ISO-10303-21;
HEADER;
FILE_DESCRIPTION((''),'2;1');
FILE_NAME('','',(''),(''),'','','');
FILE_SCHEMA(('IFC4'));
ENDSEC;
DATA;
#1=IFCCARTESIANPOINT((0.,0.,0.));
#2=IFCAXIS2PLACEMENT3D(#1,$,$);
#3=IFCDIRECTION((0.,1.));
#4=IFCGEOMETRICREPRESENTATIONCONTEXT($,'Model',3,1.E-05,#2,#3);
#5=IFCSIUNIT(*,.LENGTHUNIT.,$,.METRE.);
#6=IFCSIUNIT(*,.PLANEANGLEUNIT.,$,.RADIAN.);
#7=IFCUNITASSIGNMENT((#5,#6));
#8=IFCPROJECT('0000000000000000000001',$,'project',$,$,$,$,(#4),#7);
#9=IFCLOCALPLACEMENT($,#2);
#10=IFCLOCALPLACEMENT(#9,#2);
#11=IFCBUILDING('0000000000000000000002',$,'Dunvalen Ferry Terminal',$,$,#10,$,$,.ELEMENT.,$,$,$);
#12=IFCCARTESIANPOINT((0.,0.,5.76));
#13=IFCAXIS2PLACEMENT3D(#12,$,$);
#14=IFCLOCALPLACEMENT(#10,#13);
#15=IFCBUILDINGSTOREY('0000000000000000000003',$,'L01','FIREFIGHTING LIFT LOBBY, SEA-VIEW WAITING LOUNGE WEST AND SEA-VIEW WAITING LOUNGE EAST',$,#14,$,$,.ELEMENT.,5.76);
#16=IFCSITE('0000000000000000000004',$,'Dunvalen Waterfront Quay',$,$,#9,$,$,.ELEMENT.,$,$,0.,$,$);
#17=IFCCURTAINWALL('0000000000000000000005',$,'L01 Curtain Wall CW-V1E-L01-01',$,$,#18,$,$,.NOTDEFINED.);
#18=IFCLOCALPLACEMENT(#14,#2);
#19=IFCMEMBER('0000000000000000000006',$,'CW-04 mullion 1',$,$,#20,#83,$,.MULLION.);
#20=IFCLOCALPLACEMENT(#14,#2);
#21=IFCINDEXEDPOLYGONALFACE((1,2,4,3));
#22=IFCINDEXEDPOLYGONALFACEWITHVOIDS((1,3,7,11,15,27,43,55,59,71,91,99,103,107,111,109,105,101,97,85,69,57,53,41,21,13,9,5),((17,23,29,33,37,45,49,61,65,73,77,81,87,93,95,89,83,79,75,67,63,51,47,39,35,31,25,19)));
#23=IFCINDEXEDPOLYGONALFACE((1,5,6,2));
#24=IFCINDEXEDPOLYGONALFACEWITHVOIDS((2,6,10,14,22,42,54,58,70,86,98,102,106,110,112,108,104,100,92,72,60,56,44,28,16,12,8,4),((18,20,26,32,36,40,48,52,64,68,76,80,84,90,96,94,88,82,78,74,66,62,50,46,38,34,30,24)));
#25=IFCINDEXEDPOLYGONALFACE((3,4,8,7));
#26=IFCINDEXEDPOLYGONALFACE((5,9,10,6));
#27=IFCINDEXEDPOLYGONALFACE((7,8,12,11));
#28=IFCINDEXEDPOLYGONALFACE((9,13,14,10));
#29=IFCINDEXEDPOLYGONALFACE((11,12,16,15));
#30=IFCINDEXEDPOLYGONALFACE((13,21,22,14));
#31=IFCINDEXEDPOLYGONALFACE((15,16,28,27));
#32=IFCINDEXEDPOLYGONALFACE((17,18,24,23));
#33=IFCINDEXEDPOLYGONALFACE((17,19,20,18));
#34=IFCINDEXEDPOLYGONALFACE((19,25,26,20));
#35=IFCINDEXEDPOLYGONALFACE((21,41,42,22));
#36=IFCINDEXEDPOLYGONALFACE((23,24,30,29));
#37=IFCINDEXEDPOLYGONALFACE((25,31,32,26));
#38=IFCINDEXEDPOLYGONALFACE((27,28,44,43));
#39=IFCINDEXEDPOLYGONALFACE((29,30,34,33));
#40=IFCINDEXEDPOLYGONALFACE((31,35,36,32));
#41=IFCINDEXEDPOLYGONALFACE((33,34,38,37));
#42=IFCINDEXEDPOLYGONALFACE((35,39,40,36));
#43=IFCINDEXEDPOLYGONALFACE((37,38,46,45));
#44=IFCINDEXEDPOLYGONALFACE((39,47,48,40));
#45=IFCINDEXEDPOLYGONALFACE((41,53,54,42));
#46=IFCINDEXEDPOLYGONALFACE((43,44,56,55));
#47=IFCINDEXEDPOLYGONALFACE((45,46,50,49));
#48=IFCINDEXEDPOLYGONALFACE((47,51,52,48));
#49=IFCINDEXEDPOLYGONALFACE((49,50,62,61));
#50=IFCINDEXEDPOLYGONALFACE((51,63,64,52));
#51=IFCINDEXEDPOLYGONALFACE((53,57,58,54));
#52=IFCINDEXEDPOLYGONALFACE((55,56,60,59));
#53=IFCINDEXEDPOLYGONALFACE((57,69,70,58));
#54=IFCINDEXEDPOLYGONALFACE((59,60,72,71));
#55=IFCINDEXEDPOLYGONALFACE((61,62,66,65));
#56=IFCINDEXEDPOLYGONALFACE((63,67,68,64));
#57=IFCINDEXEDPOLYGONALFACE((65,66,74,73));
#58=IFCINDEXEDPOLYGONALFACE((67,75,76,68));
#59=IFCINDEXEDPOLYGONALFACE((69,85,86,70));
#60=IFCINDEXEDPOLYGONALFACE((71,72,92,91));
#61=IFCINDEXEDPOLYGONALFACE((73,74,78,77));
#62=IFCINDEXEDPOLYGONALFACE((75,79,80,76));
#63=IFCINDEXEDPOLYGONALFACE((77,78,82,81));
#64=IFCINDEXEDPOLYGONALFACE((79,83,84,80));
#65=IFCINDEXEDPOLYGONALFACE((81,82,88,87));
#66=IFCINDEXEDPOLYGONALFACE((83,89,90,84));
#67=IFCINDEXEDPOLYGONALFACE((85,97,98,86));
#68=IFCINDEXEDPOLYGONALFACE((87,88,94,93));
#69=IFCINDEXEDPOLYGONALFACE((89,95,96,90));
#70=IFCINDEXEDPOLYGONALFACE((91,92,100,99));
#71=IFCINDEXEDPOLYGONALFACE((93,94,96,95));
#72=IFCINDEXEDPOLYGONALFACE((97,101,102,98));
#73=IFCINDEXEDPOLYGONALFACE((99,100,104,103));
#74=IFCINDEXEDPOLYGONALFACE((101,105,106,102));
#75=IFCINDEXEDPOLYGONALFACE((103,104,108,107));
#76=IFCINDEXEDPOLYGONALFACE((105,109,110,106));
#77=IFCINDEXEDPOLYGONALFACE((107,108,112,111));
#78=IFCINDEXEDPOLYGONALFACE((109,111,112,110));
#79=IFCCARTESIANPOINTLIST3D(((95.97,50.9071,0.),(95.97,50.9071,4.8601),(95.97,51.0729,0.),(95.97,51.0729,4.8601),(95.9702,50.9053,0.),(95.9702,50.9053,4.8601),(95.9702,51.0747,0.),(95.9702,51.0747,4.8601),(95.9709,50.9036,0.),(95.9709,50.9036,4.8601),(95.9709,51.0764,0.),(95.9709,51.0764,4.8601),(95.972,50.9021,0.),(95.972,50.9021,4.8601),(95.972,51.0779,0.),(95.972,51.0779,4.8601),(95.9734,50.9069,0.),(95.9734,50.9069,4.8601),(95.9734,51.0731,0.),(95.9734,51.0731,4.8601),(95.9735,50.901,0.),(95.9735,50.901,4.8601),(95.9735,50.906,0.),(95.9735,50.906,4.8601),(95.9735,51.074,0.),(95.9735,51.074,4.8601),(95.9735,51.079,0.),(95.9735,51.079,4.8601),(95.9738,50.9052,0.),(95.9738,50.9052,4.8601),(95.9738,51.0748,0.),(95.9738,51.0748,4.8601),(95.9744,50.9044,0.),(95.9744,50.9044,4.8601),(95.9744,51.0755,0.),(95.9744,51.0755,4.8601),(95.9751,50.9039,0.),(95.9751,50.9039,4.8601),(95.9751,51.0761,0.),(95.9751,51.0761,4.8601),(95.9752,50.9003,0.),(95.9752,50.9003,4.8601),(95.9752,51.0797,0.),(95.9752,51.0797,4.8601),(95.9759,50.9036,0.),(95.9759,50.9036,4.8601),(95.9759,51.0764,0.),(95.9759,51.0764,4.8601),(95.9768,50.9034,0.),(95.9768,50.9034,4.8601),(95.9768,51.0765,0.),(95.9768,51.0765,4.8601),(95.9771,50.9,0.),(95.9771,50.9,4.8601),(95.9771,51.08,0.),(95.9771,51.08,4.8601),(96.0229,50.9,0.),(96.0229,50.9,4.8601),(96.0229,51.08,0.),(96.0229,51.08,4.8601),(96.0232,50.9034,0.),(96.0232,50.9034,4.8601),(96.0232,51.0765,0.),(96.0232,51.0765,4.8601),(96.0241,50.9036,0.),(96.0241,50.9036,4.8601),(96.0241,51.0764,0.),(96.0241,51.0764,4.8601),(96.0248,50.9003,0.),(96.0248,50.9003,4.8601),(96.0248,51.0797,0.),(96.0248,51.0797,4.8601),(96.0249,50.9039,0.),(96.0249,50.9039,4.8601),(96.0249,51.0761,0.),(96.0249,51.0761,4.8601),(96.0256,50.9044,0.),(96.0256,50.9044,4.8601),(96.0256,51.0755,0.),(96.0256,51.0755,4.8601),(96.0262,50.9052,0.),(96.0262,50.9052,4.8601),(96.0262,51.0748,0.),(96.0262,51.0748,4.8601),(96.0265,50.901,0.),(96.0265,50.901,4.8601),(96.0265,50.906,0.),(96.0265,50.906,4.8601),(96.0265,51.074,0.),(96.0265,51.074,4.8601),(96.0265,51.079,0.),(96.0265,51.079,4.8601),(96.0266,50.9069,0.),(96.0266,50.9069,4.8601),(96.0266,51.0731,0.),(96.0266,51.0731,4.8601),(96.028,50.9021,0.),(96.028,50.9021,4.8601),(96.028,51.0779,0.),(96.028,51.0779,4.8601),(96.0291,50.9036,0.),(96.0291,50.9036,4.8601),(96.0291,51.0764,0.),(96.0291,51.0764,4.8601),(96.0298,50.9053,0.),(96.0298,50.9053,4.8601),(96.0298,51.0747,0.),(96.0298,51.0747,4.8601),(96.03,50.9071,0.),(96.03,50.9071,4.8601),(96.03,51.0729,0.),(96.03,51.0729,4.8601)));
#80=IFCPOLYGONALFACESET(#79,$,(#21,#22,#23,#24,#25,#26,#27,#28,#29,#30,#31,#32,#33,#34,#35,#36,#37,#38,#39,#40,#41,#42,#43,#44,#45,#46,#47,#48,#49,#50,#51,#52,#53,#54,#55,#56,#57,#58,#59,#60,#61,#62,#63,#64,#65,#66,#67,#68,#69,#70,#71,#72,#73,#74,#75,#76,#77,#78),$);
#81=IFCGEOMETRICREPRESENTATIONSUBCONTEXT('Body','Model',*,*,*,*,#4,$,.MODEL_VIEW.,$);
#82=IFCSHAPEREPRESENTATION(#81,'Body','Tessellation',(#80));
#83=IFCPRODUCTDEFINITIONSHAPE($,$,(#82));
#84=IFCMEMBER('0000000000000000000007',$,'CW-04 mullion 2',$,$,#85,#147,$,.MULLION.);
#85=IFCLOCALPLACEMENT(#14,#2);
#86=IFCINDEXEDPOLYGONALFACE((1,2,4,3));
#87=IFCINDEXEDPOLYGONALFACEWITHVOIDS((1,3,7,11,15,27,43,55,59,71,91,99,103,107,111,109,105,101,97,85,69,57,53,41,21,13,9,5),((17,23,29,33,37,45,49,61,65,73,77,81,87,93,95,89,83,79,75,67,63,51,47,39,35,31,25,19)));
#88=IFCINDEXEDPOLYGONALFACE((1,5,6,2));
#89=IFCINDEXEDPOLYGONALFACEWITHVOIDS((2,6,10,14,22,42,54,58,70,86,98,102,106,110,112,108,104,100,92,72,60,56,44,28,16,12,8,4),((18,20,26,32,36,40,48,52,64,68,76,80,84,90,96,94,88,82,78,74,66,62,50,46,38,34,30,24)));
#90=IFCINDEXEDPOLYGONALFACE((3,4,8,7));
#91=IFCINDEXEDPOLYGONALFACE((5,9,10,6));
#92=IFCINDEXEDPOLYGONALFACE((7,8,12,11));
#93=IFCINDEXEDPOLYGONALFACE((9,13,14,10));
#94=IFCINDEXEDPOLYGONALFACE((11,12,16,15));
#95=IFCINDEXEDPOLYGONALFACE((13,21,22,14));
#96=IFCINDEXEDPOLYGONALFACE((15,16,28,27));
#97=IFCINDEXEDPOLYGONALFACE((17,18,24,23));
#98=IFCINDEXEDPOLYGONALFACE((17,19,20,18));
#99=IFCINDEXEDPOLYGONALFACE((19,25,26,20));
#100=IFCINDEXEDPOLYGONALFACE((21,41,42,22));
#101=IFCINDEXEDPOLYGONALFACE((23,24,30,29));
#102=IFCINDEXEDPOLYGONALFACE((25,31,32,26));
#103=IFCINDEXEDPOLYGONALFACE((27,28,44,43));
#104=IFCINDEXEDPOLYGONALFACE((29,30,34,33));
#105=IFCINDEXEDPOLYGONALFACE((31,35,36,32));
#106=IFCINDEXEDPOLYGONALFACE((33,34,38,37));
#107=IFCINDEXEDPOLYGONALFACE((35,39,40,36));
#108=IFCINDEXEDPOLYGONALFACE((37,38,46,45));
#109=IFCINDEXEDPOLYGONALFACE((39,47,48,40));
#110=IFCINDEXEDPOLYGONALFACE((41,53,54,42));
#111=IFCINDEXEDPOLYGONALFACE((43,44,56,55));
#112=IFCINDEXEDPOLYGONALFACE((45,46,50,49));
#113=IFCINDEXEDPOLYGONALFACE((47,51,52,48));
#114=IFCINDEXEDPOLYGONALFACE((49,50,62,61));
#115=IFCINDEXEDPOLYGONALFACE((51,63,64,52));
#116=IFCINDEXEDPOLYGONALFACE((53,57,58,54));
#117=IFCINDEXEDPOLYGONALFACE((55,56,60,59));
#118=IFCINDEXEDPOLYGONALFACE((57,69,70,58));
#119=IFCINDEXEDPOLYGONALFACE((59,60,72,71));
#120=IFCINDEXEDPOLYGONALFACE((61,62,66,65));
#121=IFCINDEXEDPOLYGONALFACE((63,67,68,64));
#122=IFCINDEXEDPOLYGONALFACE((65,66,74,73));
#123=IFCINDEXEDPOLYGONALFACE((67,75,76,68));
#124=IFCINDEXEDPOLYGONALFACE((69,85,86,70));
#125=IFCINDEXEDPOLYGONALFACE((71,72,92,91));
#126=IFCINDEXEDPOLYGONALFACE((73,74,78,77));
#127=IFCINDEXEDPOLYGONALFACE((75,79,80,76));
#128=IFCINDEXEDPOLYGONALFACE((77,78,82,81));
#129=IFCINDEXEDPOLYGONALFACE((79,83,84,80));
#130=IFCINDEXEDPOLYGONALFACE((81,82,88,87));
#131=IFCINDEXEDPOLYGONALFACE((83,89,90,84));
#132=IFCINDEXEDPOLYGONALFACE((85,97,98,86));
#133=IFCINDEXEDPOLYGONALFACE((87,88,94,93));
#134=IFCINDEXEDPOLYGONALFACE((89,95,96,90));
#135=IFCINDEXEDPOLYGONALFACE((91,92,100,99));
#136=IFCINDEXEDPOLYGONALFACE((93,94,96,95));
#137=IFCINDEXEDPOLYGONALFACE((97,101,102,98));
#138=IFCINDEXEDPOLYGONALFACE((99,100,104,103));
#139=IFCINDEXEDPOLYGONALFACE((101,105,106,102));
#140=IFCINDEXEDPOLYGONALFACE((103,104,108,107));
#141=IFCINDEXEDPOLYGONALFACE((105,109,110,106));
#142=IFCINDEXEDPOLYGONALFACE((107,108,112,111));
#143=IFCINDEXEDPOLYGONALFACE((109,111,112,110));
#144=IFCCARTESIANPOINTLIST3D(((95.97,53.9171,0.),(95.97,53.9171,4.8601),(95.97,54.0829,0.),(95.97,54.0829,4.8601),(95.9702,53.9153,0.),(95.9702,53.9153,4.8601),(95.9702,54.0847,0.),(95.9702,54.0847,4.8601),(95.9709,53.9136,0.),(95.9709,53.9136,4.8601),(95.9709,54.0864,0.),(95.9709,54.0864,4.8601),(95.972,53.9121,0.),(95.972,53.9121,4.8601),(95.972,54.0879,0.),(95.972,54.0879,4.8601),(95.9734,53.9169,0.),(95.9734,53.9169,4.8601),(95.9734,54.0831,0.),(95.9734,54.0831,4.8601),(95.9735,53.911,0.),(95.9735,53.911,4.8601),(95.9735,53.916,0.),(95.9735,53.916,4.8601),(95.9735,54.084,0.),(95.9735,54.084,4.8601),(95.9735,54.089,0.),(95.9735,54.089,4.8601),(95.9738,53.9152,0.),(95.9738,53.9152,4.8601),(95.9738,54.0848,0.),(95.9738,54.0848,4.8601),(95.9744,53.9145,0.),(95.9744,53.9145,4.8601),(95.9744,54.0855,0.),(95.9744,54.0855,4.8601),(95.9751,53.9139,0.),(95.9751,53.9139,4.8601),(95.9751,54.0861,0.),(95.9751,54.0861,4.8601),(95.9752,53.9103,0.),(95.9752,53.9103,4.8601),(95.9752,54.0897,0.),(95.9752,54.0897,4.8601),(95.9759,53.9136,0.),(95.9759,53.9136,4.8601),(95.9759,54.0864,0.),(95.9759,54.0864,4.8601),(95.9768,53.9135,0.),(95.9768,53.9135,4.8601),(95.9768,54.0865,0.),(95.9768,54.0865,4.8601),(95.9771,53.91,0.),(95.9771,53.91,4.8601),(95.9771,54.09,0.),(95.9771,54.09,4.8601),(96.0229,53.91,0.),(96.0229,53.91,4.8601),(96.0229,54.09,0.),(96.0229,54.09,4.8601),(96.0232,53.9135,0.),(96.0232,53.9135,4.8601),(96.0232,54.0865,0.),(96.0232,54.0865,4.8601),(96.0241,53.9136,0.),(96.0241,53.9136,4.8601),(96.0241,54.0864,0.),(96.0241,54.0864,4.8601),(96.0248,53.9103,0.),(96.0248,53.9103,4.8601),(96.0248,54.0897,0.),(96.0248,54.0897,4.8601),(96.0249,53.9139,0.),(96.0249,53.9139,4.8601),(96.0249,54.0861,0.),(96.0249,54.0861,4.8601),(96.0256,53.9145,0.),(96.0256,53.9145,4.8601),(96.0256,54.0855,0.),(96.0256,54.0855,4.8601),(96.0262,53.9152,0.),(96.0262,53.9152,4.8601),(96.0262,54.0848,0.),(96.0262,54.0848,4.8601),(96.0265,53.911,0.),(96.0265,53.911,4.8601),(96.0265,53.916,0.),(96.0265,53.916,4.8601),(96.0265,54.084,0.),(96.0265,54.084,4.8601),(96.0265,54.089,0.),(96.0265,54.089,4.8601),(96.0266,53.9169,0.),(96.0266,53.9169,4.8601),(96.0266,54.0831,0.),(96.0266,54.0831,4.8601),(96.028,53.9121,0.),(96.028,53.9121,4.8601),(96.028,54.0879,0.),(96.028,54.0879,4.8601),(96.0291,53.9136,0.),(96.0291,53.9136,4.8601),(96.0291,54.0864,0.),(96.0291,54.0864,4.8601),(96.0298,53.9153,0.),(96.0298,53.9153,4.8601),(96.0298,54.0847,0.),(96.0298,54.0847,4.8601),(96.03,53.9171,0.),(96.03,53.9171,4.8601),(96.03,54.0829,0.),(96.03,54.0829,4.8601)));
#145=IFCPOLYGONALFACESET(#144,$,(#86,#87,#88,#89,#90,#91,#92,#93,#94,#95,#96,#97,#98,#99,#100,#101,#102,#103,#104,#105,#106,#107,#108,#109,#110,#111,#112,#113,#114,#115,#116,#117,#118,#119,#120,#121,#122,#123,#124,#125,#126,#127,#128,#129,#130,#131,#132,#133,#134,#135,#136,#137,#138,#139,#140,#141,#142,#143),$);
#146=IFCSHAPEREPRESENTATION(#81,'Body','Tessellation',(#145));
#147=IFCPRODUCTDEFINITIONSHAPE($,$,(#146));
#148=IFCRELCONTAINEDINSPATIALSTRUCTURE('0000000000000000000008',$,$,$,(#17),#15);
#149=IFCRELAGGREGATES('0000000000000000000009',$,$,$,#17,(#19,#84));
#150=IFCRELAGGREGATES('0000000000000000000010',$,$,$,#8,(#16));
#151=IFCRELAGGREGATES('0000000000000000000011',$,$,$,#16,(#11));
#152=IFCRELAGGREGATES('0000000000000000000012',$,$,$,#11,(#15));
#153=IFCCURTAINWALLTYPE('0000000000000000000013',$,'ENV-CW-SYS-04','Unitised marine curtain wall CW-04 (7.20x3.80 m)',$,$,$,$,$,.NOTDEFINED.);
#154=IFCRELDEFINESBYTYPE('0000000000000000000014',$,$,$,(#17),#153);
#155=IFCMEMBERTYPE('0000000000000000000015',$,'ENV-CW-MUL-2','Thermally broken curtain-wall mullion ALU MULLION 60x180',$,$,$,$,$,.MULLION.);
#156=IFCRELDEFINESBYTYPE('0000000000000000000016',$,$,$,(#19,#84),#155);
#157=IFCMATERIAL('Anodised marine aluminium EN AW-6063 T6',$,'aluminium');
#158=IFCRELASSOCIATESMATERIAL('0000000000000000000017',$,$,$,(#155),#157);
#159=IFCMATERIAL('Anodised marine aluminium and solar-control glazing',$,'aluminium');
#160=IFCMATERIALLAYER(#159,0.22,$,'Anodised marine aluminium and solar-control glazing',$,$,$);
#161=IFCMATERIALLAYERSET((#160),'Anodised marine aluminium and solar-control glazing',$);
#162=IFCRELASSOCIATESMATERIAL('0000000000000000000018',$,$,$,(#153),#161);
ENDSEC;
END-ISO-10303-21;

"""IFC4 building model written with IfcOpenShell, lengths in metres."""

from ifc_helpers import new_model, si_unit, direction, frame, origin, origin_2d, place, context, subcontext, project, spatial, hollow_rectangle, extrude, material, layer, layer_set, material_profile, profile_set, type_object, element, aggregate, save


model = new_model("IFC4")

# Units and contexts
model_context = context("Model", 3, precision=1e-05, world=origin(), true_north=direction((0.0, 1.0)))
body_context = subcontext(model_context, "Body", "Model", "MODEL_VIEW")
ifc_project = project(units=[si_unit("LENGTHUNIT", "METRE"), si_unit("PLANEANGLEUNIT", "RADIAN")], contexts=[model_context])

# Site, building, storey
site_placement = place(None, origin())
site = spatial("IfcSite", under=ifc_project, at=site_placement, Name="Dunvalen Waterfront Quay", CompositionType="ELEMENT", RefElevation=0.0)
building_placement = place(site_placement, origin())
building = spatial("IfcBuilding", under=site, at=building_placement, Name="Dunvalen Ferry Terminal", CompositionType="ELEMENT")
storey_placement = place(building_placement, frame((0.0, 0.0, 5.76)))
storey = spatial("IfcBuildingStorey", under=building, at=storey_placement, Name="L01", Description="FIREFIGHTING LIFT LOBBY, SEA-VIEW WAITING LOUNGE WEST AND SEA-VIEW WAITING LOUNGE EAST", CompositionType="ELEMENT", Elevation=5.76)

# Curtain wall, members
ifc_material_1 = material(Name="Anodised marine aluminium and solar-control glazing", Category="aluminium")
ifc_material_2 = material(Name="Anodised marine aluminium EN AW-6063 T6", Category="aluminium")
ifc_material_profile_1 = material_profile(ifc_material_2, hollow_rectangle(XDim=0.0601, YDim=0.1799, WallThickness=0.0034, InnerFilletRadius=0.0034, OuterFilletRadius=0.0071, at=origin_2d()), Name="Anodised marine aluminium EN AW-6063 T6")
ifc_profile_set_1 = profile_set([ifc_material_profile_1], Name="Anodised marine aluminium EN AW-6063 T6")
member_type_1 = type_object("IfcMemberType", Name="ENV-CW-MUL-2", Description="Thermally broken curtain-wall mullion ALU MULLION 60x180", PredefinedType="MULLION", material=ifc_profile_set_1)
ifc_layer_1 = layer(ifc_material_1, 0.22, Name="Anodised marine aluminium and solar-control glazing")
ifc_layer_set_1 = layer_set([ifc_layer_1], Name="Anodised marine aluminium and solar-control glazing")
curtain_wall_type_1 = type_object("IfcCurtainWallType", Name="ENV-CW-SYS-04", Description="Unitised marine curtain wall CW-04 (7.20x3.80 m)", PredefinedType="NOTDEFINED", material=ifc_layer_set_1)
curtain_wall_1_placement = place(storey_placement, origin())
curtain_wall_1 = element("IfcCurtainWall", 1, at=curtain_wall_1_placement, inside=storey, type_object=curtain_wall_type_1, Name="L01 Curtain Wall CW-V1E-L01-01", PredefinedType="NOTDEFINED")
member_1_placement = place(storey_placement, frame((96.0, 50.99, 0.0), z_axis=(0.0, 0.0, 1.0), x_axis=(-1.0, 0.0, 0.0)))
member_1 = element("IfcMember", 2, at=member_1_placement, type_object=member_type_1, Name="CW-04 mullion 1", PredefinedType="MULLION", context=body_context, shape_type="SweptSolid", body=[
    extrude(hollow_rectangle(XDim=0.0601, YDim=0.1799, WallThickness=0.0034, InnerFilletRadius=0.0034, OuterFilletRadius=0.0071, at=origin_2d()), origin(), (0.0, 0.0, 1.0), 4.8601),
])
member_2_placement = place(storey_placement, frame((96.0, 54.0, 0.0), z_axis=(0.0, 0.0, 1.0), x_axis=(-1.0, 0.0, 0.0)))
member_2 = element("IfcMember", 3, at=member_2_placement, type_object=member_type_1, Name="CW-04 mullion 2", PredefinedType="MULLION", context=body_context, shape_type="SweptSolid", body=[
    extrude(hollow_rectangle(XDim=0.0601, YDim=0.1799, WallThickness=0.0034, InnerFilletRadius=0.0034, OuterFilletRadius=0.0071, at=origin_2d()), origin(), (0.0, 0.0, 1.0), 4.8601),
])

aggregate(curtain_wall_1, [member_1, member_2])

save(model, "model.ifc")
